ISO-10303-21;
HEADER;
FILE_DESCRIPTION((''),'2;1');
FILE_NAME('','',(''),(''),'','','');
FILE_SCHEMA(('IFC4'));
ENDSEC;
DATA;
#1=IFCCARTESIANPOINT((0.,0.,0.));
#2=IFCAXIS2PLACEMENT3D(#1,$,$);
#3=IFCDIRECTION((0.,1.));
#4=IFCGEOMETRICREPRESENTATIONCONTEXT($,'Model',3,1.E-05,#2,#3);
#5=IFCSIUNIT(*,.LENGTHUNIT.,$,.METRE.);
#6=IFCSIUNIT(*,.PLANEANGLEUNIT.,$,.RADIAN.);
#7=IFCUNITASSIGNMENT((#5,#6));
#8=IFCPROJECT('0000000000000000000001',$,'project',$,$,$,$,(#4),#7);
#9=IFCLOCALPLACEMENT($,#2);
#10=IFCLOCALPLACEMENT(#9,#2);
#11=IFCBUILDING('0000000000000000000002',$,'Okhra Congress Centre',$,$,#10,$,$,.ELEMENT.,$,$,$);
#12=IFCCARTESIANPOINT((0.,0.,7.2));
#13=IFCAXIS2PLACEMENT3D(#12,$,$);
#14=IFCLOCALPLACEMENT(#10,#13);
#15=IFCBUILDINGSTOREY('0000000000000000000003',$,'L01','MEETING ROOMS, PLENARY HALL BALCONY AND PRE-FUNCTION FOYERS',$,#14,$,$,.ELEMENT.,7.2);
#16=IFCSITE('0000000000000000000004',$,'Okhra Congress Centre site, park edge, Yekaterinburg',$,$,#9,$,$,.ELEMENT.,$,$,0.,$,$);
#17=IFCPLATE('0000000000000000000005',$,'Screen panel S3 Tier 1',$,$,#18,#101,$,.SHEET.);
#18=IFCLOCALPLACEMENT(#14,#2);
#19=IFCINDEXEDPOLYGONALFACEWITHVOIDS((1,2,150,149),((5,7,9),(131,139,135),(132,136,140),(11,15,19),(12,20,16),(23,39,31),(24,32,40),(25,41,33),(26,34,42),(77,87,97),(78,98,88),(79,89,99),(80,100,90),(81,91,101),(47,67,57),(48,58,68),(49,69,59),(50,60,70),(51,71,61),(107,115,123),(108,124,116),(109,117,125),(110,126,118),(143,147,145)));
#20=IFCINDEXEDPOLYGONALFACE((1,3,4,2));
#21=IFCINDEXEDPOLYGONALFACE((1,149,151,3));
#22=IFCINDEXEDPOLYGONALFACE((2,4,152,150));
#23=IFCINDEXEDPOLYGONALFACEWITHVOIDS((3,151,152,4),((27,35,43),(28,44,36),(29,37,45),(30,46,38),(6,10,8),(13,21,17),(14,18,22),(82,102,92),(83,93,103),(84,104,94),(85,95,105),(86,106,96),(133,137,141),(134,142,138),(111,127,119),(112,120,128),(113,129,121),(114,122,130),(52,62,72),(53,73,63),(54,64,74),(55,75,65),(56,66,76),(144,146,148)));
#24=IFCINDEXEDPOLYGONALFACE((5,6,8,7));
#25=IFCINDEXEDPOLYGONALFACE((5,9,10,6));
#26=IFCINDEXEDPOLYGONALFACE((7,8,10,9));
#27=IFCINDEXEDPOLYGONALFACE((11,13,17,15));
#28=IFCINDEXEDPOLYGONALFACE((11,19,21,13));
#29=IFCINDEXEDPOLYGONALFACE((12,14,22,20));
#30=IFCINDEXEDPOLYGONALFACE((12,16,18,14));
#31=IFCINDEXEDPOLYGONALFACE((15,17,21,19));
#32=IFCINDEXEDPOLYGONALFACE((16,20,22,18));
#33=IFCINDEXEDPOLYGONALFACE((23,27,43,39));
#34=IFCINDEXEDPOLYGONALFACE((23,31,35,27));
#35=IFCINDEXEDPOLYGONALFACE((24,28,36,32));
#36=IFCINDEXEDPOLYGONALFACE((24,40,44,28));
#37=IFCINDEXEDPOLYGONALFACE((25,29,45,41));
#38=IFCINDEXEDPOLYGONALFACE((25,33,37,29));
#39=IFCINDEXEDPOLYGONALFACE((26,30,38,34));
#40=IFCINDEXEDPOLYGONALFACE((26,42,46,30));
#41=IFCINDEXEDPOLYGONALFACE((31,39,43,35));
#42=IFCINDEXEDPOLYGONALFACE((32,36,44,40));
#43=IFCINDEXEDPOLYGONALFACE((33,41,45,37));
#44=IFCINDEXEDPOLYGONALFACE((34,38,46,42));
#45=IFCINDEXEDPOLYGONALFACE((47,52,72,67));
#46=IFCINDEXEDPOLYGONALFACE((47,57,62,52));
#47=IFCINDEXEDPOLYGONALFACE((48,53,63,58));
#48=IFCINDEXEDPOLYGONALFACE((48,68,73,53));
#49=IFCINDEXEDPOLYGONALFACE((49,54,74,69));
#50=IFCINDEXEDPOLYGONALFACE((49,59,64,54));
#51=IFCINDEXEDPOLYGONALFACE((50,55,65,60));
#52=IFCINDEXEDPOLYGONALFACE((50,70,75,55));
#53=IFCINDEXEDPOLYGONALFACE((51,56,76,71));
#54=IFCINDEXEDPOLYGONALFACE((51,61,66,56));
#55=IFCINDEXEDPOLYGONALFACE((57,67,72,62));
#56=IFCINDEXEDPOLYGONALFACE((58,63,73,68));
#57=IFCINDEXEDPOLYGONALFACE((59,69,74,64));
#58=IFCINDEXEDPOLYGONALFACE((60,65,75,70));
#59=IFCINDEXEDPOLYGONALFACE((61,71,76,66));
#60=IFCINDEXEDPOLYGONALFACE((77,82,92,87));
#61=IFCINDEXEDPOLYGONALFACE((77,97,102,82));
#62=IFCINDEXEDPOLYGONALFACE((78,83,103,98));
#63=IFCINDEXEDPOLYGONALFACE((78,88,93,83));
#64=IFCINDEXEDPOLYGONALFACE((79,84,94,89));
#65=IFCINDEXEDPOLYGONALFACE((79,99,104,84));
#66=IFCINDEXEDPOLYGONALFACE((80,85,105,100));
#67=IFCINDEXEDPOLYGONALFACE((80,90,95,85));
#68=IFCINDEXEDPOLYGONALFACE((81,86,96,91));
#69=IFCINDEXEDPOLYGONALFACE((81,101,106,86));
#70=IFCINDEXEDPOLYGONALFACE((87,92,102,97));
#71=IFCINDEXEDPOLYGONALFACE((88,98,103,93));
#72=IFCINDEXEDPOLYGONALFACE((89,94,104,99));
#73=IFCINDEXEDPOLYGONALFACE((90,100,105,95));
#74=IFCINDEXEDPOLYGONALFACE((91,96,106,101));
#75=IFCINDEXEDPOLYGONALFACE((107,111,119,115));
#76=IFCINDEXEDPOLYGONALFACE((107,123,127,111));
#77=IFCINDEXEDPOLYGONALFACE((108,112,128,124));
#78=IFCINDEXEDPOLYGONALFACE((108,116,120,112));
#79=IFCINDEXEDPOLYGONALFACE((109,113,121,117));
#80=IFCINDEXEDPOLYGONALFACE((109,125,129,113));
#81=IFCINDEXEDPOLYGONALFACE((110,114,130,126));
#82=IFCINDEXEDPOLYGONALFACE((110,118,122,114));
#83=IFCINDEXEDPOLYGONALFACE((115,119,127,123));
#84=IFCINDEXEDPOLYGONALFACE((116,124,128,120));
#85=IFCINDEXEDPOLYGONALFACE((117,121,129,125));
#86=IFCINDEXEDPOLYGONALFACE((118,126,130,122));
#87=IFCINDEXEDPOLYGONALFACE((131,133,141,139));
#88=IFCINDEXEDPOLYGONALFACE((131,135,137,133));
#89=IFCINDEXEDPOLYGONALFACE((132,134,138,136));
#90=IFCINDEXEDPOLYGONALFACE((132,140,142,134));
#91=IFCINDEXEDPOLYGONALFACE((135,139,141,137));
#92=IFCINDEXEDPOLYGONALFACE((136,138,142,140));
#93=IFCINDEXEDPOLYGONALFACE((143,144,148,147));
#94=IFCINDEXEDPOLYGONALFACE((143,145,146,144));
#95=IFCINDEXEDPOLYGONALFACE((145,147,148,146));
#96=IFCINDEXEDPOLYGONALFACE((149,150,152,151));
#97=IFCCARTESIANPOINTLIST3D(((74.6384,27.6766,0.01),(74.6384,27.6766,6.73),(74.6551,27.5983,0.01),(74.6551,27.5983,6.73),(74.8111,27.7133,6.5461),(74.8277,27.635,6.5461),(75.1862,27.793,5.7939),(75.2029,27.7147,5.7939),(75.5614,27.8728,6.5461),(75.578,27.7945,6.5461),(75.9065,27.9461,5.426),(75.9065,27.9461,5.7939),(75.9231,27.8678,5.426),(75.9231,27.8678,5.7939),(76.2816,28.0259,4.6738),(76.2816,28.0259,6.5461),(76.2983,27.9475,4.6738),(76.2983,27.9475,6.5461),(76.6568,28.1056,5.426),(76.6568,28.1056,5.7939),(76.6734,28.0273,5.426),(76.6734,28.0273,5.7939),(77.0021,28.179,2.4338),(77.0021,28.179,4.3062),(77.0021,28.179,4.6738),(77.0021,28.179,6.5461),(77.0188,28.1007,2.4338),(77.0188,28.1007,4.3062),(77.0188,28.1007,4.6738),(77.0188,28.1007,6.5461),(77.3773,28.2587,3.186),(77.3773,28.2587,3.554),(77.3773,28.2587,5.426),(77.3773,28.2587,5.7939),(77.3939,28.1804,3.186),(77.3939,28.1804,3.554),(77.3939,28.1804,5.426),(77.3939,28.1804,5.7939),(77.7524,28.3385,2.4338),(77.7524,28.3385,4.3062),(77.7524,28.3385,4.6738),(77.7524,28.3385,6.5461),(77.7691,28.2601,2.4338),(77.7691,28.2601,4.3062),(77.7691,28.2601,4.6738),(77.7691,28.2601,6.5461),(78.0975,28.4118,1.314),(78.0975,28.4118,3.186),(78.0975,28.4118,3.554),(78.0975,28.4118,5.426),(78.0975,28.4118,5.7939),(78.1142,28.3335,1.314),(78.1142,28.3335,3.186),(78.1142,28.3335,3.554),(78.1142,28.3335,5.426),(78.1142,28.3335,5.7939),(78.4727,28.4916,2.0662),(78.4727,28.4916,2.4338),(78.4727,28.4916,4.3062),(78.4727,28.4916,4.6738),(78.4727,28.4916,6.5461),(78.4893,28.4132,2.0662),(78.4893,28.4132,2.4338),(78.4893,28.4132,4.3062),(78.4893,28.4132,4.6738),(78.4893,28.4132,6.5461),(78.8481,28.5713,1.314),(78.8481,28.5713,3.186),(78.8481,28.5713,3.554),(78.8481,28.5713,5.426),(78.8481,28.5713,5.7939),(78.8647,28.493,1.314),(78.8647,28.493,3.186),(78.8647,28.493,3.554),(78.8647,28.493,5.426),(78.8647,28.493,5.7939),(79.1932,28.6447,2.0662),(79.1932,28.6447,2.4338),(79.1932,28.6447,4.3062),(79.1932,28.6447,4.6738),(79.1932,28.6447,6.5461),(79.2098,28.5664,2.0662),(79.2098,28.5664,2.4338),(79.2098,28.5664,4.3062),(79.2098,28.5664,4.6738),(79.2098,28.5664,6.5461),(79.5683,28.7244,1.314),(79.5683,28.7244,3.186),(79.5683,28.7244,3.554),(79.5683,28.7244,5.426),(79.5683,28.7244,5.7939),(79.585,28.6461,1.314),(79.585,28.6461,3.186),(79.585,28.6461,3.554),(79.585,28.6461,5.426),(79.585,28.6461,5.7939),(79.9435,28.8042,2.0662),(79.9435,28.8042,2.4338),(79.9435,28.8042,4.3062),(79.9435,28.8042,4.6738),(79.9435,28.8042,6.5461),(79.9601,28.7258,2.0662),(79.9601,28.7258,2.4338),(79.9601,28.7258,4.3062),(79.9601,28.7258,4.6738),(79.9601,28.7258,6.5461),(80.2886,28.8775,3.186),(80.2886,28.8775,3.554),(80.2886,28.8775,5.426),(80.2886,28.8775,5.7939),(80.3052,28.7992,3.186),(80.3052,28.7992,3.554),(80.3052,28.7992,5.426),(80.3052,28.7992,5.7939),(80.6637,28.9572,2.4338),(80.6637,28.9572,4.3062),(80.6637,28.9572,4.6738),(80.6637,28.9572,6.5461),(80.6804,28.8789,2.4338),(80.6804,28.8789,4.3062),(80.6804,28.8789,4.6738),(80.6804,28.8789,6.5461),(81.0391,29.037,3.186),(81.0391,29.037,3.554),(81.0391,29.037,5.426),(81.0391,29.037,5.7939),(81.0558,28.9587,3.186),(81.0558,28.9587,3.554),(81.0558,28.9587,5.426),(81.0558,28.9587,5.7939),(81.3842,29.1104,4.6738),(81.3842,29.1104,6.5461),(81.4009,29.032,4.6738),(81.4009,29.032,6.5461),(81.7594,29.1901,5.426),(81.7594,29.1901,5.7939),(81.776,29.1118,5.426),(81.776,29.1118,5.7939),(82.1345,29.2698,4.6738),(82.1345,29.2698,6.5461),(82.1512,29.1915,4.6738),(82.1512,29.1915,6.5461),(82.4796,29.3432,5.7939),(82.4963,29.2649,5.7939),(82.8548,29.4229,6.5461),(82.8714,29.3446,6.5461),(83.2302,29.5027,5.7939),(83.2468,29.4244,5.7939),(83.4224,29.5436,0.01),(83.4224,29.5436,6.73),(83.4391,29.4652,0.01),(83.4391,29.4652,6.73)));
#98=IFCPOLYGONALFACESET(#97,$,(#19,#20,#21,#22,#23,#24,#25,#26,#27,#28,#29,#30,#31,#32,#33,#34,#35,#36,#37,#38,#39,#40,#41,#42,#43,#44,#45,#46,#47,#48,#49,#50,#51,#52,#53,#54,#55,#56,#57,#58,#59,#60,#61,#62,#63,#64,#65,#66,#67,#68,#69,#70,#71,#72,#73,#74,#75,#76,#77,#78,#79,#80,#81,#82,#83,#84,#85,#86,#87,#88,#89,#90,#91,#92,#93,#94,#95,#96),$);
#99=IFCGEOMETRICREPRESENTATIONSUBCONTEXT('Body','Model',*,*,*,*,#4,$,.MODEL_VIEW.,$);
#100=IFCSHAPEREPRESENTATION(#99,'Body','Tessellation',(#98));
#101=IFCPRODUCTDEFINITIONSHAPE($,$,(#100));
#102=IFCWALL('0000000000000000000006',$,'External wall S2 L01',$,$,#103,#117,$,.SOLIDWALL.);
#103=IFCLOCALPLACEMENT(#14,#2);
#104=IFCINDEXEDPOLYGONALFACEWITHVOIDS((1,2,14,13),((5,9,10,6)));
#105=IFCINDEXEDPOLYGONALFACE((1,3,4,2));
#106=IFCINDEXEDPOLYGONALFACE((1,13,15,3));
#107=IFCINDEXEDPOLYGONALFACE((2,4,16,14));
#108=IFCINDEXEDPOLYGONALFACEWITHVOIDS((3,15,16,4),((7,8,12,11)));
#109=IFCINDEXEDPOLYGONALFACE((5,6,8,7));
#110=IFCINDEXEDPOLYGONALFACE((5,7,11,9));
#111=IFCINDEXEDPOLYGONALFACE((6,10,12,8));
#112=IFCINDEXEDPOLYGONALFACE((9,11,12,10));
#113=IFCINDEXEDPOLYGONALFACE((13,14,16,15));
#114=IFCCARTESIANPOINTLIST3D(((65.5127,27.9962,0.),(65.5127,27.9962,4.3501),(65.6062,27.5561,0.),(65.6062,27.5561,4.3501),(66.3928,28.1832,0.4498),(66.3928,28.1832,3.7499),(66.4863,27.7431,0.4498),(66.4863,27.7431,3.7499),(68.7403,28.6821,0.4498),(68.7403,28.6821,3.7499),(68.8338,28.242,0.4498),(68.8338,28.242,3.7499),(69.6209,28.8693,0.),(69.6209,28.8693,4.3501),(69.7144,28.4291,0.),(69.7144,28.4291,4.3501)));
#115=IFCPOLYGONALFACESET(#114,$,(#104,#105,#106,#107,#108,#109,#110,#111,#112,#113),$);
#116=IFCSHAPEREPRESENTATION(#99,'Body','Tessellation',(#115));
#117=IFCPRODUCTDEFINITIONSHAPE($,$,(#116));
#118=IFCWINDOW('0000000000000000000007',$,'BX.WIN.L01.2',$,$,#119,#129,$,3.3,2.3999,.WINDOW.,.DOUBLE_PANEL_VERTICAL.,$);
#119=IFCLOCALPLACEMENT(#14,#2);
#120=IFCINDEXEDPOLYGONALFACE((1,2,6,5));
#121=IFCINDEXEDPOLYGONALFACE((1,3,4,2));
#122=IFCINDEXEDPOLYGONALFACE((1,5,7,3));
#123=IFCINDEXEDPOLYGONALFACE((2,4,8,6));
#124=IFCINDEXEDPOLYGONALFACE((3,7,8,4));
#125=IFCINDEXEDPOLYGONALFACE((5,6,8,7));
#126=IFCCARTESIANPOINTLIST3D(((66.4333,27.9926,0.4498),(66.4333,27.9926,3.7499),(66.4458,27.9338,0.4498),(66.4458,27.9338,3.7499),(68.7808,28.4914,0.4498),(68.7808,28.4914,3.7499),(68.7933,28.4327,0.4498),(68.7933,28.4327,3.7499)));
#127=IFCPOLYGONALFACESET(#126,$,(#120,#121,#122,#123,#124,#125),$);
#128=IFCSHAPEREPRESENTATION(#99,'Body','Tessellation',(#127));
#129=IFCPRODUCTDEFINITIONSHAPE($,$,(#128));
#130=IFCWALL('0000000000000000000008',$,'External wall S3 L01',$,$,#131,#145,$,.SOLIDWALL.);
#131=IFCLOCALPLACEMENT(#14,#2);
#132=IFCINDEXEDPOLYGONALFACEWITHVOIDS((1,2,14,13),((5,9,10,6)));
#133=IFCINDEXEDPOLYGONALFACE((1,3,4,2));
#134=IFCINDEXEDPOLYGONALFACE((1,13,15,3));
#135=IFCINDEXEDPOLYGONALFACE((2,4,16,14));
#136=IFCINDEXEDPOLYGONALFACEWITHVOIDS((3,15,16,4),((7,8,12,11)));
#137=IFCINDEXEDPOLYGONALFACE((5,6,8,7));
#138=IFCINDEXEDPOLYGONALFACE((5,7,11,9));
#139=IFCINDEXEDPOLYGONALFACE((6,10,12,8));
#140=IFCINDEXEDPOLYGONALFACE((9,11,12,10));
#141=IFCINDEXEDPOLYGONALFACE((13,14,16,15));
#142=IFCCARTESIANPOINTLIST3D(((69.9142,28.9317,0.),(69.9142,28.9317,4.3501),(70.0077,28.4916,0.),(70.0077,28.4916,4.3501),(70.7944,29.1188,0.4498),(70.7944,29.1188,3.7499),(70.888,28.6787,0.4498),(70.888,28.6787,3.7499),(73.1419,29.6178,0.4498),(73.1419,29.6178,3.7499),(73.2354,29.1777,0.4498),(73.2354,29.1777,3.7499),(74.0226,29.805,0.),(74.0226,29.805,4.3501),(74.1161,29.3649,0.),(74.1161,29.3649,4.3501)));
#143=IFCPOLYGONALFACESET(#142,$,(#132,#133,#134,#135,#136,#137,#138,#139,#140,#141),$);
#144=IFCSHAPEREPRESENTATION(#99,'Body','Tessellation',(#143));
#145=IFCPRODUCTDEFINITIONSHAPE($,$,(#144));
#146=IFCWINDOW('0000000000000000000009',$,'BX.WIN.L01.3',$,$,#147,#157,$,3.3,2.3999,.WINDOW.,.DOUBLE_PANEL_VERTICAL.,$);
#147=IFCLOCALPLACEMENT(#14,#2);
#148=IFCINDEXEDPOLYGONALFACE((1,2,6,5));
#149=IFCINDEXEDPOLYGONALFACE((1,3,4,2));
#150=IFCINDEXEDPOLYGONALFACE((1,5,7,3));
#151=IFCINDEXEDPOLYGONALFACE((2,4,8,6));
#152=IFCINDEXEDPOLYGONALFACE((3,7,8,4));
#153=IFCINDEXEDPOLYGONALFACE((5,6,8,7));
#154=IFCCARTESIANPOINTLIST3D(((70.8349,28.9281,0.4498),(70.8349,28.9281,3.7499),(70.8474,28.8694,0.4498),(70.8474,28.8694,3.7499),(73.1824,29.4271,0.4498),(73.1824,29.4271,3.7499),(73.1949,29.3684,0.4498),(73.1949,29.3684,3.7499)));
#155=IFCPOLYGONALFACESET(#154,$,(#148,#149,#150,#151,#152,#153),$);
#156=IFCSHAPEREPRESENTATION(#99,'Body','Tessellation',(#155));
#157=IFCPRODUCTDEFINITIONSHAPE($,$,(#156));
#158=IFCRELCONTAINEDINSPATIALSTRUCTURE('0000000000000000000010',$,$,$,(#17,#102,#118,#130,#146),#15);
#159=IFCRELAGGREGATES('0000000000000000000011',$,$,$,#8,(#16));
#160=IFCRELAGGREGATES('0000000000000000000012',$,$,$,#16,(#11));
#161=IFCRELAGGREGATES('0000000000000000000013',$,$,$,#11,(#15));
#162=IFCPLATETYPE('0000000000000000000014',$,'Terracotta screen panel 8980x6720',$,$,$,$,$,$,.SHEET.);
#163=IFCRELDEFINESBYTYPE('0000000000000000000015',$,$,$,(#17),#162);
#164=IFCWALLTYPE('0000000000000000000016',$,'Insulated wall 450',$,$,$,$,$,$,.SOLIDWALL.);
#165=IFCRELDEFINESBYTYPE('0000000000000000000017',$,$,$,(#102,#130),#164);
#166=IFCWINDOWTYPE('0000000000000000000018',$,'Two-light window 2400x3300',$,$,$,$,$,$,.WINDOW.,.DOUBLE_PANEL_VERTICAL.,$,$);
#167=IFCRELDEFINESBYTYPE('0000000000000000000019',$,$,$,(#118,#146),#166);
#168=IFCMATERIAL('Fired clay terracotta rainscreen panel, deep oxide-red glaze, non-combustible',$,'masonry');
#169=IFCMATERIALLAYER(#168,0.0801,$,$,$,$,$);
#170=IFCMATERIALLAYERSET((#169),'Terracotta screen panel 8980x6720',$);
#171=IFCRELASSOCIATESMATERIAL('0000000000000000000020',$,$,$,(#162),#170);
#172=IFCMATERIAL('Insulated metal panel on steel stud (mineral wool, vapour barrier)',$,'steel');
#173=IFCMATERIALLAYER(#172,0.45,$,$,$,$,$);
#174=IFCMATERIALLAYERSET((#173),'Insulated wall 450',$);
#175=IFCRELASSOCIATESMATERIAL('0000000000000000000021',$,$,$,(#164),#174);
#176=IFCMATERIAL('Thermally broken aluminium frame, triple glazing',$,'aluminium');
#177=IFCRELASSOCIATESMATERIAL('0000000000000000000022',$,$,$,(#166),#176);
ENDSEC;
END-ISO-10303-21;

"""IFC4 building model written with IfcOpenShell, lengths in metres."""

from ifc_helpers import new_model, si_unit, direction, frame, frame_2d, origin, place, context, subcontext, project, spatial, polyline, rectangle, outline, extrude, material, layer, layer_set, type_object, element, fill, save


model = new_model("IFC4")

# Units and contexts
model_context = context("Model", 3, precision=1e-05, world=origin(), true_north=direction((0.0, 1.0)))
body_context = subcontext(model_context, "Body", "Model", "MODEL_VIEW")
ifc_project = project(units=[si_unit("LENGTHUNIT", "METRE"), si_unit("PLANEANGLEUNIT", "RADIAN")], contexts=[model_context])

# Site, building, storey
site_placement = place(None, origin())
site = spatial("IfcSite", under=ifc_project, at=site_placement, Name="Okhra Congress Centre site, park edge, Yekaterinburg", CompositionType="ELEMENT", RefElevation=0.0)
building_placement = place(site_placement, origin())
building = spatial("IfcBuilding", under=site, at=building_placement, Name="Okhra Congress Centre", CompositionType="ELEMENT")
storey_placement = place(building_placement, frame((0.0, 0.0, 7.2)))
storey = spatial("IfcBuildingStorey", under=building, at=storey_placement, Name="L01", Description="MEETING ROOMS, PLENARY HALL BALCONY AND PRE-FUNCTION FOYERS", CompositionType="ELEMENT", Elevation=7.2)

# Plate
ifc_material_1 = material(Name="Fired clay terracotta rainscreen panel, deep oxide-red glaze, non-combustible", Category="masonry")
ifc_layer_1 = layer(ifc_material_1, 0.0801)
ifc_layer_set_1 = layer_set([ifc_layer_1], Name="Terracotta screen panel 8980x6720")
plate_type = type_object("IfcPlateType", Name="Terracotta screen panel 8980x6720", PredefinedType="SHEET", material=ifc_layer_set_1)
plate_1_placement = place(storey_placement, frame((74.6467, 27.6375, 0.01), z_axis=(0.0, 0.0, 1.0), x_axis=(0.978151, 0.207897, 0.0)))
element("IfcPlate", 1, at=plate_1_placement, inside=storey, type_object=plate_type, Name="Screen panel S3 Tier 1", PredefinedType="SHEET", context=body_context, shape_type="SweptSolid", body=[
    extrude(outline(polyline([(0.0, 0.0), (8.9802, 0.0), (8.9802, 6.72), (0.0, 6.72), (0.0, 0.0)]), holes=[polyline([(3.5364, 1.304), (4.3037, 1.304), (3.9199, 2.0562), (3.5364, 1.304)]), polyline([(4.6565, 2.0562), (5.04, 1.304), (5.4236, 2.0562), (4.6565, 2.0562)]), polyline([(2.4165, 2.4238), (3.1836, 2.4238), (2.8, 3.176), (2.4165, 2.4238)]), polyline([(3.5364, 3.176), (3.9199, 2.4238), (4.3037, 3.176), (3.5364, 3.176)]), polyline([(4.6565, 2.4238), (5.4236, 2.4238), (5.04, 3.176), (4.6565, 2.4238)]), polyline([(5.7764, 3.176), (6.1599, 2.4238), (6.5437, 3.176), (5.7764, 3.176)]), polyline([(2.4165, 4.2961), (2.8, 3.5439), (3.1836, 4.2961), (2.4165, 4.2961)]), polyline([(3.5364, 3.5439), (4.3037, 3.5439), (3.9199, 4.2961), (3.5364, 3.5439)]), polyline([(4.6565, 4.2961), (5.04, 3.5439), (5.4236, 4.2961), (4.6565, 4.2961)]), polyline([(5.7764, 3.5439), (6.5437, 3.5439), (6.1599, 4.2961), (5.7764, 3.5439)]), polyline([(1.2964, 5.416), (1.6799, 4.6638), (2.0635, 5.416), (1.2964, 5.416)]), polyline([(2.4165, 4.6638), (3.1836, 4.6638), (2.8, 5.416), (2.4165, 4.6638)]), polyline([(3.5364, 5.416), (3.9199, 4.6638), (4.3037, 5.416), (3.5364, 5.416)]), polyline([(4.6565, 4.6638), (5.4236, 4.6638), (5.04, 5.416), (4.6565, 4.6638)]), polyline([(5.7764, 5.416), (6.1599, 4.6638), (6.5437, 5.416), (5.7764, 5.416)]), polyline([(6.8965, 4.6638), (7.6636, 4.6638), (7.28, 5.416), (6.8965, 4.6638)]), polyline([(0.1765, 6.5361), (0.5601, 5.7839), (0.9436, 6.5361), (0.1765, 6.5361)]), polyline([(1.2964, 5.7839), (2.0635, 5.7839), (1.6799, 6.5361), (1.2964, 5.7839)]), polyline([(2.4165, 6.5361), (2.8, 5.7839), (3.1836, 6.5361), (2.4165, 6.5361)]), polyline([(3.5364, 5.7839), (4.3037, 5.7839), (3.9199, 6.5361), (3.5364, 5.7839)]), polyline([(4.6565, 6.5361), (5.04, 5.7839), (5.4236, 6.5361), (4.6565, 6.5361)]), polyline([(5.7764, 5.7839), (6.5437, 5.7839), (6.1599, 6.5361), (5.7764, 5.7839)]), polyline([(6.8965, 6.5361), (7.28, 5.7839), (7.6636, 6.5361), (6.8965, 6.5361)]), polyline([(8.0164, 5.7839), (8.7837, 5.7839), (8.3999, 6.5361), (8.0164, 5.7839)])]), frame((0.0, 0.04, 0.0), z_axis=(0.0, -1.0, 0.0), x_axis=(1.0, 0.0, 0.0)), (0.0, 0.0, 1.0), 0.0801),
])

# Walls, openings, windows
ifc_material_2 = material(Name="Insulated metal panel on steel stud (mineral wool, vapour barrier)", Category="steel")
ifc_layer_2 = layer(ifc_material_2, 0.45)
ifc_layer_set_2 = layer_set([ifc_layer_2], Name="Insulated wall 450")
wall_type = type_object("IfcWallType", Name="Insulated wall 450", PredefinedType="SOLIDWALL", material=ifc_layer_set_2)
wall_1_placement = place(storey_placement, frame((65.5593, 27.7761, 0.0), z_axis=(0.0, 0.0, 1.0), x_axis=(0.978156, 0.207873, 0.0)))
wall_1 = element("IfcWall", 2, at=wall_1_placement, inside=storey, type_object=wall_type, Name="External wall S2 L01", PredefinedType="SOLIDWALL", context=body_context, shape_type="SweptSolid", body=[
    extrude(rectangle(XDim=4.2, YDim=0.45, at=frame_2d((2.1001, 0.0))), origin(), (0.0, 0.0, 1.0), 4.3501),
])
opening_1_placement = place(wall_1_placement, frame((0.8999, 0.0, 0.45)))
opening_1 = element("IfcOpeningElement", 3, at=opening_1_placement, cuts=wall_1, PredefinedType="OPENING", context=body_context, shape_type="SweptSolid", body=[
    extrude(rectangle(XDim=2.3999, YDim=3.3, at=frame_2d((1.2, 1.6499))), frame((0.0, 0.2349, 0.0), z_axis=(0.0, -1.0, 0.0), x_axis=(1.0, 0.0, 0.0)), (0.0, 0.0, 1.0), 0.47),
])
ifc_material_3 = material(Name="Thermally broken aluminium frame, triple glazing", Category="aluminium")
window_type = type_object("IfcWindowType", Name="Two-light window 2400x3300", PartitioningType="DOUBLE_PANEL_VERTICAL", PredefinedType="WINDOW", material=ifc_material_3)
window_1_placement = place(opening_1_placement, origin())
window_1 = element("IfcWindow", 4, at=window_1_placement, inside=storey, type_object=window_type, Name="BX.WIN.L01.2", OverallHeight=3.3, OverallWidth=2.3999, PartitioningType="DOUBLE_PANEL_VERTICAL", PredefinedType="WINDOW", context=body_context, shape_type="SweptSolid", body=[
    extrude(rectangle(XDim=2.3999, YDim=3.3, at=frame_2d((1.2, 1.6499))), frame((0.0, 0.03, 0.0), z_axis=(0.0, -1.0, 0.0), x_axis=(1.0, 0.0, 0.0)), (0.0, 0.0, 1.0), 0.0601),
])
fill(opening_1, window_1)
wall_2_placement = place(storey_placement, frame((69.9609, 28.7117, 0.0), z_axis=(0.0, 0.0, 1.0), x_axis=(0.978146, 0.207917, 0.0)))
wall_2 = element("IfcWall", 5, at=wall_2_placement, inside=storey, type_object=wall_type, Name="External wall S3 L01", PredefinedType="SOLIDWALL", context=body_context, shape_type="SweptSolid", body=[
    extrude(rectangle(XDim=4.2002, YDim=0.45, at=frame_2d((2.1001, 0.0))), origin(), (0.0, 0.0, 1.0), 4.3501),
])
opening_2_placement = place(wall_2_placement, frame((0.8999, 0.0, 0.45)))
opening_2 = element("IfcOpeningElement", 6, at=opening_2_placement, cuts=wall_2, PredefinedType="OPENING", context=body_context, shape_type="SweptSolid", body=[
    extrude(rectangle(XDim=2.3999, YDim=3.3, at=frame_2d((1.2, 1.6499))), frame((0.0, 0.2349, 0.0), z_axis=(0.0, -1.0, 0.0), x_axis=(1.0, 0.0, 0.0)), (0.0, 0.0, 1.0), 0.47),
])
window_2_placement = place(opening_2_placement, origin())
window_2 = element("IfcWindow", 7, at=window_2_placement, inside=storey, type_object=window_type, Name="BX.WIN.L01.3", OverallHeight=3.3, OverallWidth=2.3999, PartitioningType="DOUBLE_PANEL_VERTICAL", PredefinedType="WINDOW", context=body_context, shape_type="SweptSolid", body=[
    extrude(rectangle(XDim=2.3999, YDim=3.3, at=frame_2d((1.2, 1.6499))), frame((0.0, 0.03, 0.0), z_axis=(0.0, -1.0, 0.0), x_axis=(1.0, 0.0, 0.0)), (0.0, 0.0, 1.0), 0.0601),
])
fill(opening_2, window_2)

save(model, "model.ifc")
